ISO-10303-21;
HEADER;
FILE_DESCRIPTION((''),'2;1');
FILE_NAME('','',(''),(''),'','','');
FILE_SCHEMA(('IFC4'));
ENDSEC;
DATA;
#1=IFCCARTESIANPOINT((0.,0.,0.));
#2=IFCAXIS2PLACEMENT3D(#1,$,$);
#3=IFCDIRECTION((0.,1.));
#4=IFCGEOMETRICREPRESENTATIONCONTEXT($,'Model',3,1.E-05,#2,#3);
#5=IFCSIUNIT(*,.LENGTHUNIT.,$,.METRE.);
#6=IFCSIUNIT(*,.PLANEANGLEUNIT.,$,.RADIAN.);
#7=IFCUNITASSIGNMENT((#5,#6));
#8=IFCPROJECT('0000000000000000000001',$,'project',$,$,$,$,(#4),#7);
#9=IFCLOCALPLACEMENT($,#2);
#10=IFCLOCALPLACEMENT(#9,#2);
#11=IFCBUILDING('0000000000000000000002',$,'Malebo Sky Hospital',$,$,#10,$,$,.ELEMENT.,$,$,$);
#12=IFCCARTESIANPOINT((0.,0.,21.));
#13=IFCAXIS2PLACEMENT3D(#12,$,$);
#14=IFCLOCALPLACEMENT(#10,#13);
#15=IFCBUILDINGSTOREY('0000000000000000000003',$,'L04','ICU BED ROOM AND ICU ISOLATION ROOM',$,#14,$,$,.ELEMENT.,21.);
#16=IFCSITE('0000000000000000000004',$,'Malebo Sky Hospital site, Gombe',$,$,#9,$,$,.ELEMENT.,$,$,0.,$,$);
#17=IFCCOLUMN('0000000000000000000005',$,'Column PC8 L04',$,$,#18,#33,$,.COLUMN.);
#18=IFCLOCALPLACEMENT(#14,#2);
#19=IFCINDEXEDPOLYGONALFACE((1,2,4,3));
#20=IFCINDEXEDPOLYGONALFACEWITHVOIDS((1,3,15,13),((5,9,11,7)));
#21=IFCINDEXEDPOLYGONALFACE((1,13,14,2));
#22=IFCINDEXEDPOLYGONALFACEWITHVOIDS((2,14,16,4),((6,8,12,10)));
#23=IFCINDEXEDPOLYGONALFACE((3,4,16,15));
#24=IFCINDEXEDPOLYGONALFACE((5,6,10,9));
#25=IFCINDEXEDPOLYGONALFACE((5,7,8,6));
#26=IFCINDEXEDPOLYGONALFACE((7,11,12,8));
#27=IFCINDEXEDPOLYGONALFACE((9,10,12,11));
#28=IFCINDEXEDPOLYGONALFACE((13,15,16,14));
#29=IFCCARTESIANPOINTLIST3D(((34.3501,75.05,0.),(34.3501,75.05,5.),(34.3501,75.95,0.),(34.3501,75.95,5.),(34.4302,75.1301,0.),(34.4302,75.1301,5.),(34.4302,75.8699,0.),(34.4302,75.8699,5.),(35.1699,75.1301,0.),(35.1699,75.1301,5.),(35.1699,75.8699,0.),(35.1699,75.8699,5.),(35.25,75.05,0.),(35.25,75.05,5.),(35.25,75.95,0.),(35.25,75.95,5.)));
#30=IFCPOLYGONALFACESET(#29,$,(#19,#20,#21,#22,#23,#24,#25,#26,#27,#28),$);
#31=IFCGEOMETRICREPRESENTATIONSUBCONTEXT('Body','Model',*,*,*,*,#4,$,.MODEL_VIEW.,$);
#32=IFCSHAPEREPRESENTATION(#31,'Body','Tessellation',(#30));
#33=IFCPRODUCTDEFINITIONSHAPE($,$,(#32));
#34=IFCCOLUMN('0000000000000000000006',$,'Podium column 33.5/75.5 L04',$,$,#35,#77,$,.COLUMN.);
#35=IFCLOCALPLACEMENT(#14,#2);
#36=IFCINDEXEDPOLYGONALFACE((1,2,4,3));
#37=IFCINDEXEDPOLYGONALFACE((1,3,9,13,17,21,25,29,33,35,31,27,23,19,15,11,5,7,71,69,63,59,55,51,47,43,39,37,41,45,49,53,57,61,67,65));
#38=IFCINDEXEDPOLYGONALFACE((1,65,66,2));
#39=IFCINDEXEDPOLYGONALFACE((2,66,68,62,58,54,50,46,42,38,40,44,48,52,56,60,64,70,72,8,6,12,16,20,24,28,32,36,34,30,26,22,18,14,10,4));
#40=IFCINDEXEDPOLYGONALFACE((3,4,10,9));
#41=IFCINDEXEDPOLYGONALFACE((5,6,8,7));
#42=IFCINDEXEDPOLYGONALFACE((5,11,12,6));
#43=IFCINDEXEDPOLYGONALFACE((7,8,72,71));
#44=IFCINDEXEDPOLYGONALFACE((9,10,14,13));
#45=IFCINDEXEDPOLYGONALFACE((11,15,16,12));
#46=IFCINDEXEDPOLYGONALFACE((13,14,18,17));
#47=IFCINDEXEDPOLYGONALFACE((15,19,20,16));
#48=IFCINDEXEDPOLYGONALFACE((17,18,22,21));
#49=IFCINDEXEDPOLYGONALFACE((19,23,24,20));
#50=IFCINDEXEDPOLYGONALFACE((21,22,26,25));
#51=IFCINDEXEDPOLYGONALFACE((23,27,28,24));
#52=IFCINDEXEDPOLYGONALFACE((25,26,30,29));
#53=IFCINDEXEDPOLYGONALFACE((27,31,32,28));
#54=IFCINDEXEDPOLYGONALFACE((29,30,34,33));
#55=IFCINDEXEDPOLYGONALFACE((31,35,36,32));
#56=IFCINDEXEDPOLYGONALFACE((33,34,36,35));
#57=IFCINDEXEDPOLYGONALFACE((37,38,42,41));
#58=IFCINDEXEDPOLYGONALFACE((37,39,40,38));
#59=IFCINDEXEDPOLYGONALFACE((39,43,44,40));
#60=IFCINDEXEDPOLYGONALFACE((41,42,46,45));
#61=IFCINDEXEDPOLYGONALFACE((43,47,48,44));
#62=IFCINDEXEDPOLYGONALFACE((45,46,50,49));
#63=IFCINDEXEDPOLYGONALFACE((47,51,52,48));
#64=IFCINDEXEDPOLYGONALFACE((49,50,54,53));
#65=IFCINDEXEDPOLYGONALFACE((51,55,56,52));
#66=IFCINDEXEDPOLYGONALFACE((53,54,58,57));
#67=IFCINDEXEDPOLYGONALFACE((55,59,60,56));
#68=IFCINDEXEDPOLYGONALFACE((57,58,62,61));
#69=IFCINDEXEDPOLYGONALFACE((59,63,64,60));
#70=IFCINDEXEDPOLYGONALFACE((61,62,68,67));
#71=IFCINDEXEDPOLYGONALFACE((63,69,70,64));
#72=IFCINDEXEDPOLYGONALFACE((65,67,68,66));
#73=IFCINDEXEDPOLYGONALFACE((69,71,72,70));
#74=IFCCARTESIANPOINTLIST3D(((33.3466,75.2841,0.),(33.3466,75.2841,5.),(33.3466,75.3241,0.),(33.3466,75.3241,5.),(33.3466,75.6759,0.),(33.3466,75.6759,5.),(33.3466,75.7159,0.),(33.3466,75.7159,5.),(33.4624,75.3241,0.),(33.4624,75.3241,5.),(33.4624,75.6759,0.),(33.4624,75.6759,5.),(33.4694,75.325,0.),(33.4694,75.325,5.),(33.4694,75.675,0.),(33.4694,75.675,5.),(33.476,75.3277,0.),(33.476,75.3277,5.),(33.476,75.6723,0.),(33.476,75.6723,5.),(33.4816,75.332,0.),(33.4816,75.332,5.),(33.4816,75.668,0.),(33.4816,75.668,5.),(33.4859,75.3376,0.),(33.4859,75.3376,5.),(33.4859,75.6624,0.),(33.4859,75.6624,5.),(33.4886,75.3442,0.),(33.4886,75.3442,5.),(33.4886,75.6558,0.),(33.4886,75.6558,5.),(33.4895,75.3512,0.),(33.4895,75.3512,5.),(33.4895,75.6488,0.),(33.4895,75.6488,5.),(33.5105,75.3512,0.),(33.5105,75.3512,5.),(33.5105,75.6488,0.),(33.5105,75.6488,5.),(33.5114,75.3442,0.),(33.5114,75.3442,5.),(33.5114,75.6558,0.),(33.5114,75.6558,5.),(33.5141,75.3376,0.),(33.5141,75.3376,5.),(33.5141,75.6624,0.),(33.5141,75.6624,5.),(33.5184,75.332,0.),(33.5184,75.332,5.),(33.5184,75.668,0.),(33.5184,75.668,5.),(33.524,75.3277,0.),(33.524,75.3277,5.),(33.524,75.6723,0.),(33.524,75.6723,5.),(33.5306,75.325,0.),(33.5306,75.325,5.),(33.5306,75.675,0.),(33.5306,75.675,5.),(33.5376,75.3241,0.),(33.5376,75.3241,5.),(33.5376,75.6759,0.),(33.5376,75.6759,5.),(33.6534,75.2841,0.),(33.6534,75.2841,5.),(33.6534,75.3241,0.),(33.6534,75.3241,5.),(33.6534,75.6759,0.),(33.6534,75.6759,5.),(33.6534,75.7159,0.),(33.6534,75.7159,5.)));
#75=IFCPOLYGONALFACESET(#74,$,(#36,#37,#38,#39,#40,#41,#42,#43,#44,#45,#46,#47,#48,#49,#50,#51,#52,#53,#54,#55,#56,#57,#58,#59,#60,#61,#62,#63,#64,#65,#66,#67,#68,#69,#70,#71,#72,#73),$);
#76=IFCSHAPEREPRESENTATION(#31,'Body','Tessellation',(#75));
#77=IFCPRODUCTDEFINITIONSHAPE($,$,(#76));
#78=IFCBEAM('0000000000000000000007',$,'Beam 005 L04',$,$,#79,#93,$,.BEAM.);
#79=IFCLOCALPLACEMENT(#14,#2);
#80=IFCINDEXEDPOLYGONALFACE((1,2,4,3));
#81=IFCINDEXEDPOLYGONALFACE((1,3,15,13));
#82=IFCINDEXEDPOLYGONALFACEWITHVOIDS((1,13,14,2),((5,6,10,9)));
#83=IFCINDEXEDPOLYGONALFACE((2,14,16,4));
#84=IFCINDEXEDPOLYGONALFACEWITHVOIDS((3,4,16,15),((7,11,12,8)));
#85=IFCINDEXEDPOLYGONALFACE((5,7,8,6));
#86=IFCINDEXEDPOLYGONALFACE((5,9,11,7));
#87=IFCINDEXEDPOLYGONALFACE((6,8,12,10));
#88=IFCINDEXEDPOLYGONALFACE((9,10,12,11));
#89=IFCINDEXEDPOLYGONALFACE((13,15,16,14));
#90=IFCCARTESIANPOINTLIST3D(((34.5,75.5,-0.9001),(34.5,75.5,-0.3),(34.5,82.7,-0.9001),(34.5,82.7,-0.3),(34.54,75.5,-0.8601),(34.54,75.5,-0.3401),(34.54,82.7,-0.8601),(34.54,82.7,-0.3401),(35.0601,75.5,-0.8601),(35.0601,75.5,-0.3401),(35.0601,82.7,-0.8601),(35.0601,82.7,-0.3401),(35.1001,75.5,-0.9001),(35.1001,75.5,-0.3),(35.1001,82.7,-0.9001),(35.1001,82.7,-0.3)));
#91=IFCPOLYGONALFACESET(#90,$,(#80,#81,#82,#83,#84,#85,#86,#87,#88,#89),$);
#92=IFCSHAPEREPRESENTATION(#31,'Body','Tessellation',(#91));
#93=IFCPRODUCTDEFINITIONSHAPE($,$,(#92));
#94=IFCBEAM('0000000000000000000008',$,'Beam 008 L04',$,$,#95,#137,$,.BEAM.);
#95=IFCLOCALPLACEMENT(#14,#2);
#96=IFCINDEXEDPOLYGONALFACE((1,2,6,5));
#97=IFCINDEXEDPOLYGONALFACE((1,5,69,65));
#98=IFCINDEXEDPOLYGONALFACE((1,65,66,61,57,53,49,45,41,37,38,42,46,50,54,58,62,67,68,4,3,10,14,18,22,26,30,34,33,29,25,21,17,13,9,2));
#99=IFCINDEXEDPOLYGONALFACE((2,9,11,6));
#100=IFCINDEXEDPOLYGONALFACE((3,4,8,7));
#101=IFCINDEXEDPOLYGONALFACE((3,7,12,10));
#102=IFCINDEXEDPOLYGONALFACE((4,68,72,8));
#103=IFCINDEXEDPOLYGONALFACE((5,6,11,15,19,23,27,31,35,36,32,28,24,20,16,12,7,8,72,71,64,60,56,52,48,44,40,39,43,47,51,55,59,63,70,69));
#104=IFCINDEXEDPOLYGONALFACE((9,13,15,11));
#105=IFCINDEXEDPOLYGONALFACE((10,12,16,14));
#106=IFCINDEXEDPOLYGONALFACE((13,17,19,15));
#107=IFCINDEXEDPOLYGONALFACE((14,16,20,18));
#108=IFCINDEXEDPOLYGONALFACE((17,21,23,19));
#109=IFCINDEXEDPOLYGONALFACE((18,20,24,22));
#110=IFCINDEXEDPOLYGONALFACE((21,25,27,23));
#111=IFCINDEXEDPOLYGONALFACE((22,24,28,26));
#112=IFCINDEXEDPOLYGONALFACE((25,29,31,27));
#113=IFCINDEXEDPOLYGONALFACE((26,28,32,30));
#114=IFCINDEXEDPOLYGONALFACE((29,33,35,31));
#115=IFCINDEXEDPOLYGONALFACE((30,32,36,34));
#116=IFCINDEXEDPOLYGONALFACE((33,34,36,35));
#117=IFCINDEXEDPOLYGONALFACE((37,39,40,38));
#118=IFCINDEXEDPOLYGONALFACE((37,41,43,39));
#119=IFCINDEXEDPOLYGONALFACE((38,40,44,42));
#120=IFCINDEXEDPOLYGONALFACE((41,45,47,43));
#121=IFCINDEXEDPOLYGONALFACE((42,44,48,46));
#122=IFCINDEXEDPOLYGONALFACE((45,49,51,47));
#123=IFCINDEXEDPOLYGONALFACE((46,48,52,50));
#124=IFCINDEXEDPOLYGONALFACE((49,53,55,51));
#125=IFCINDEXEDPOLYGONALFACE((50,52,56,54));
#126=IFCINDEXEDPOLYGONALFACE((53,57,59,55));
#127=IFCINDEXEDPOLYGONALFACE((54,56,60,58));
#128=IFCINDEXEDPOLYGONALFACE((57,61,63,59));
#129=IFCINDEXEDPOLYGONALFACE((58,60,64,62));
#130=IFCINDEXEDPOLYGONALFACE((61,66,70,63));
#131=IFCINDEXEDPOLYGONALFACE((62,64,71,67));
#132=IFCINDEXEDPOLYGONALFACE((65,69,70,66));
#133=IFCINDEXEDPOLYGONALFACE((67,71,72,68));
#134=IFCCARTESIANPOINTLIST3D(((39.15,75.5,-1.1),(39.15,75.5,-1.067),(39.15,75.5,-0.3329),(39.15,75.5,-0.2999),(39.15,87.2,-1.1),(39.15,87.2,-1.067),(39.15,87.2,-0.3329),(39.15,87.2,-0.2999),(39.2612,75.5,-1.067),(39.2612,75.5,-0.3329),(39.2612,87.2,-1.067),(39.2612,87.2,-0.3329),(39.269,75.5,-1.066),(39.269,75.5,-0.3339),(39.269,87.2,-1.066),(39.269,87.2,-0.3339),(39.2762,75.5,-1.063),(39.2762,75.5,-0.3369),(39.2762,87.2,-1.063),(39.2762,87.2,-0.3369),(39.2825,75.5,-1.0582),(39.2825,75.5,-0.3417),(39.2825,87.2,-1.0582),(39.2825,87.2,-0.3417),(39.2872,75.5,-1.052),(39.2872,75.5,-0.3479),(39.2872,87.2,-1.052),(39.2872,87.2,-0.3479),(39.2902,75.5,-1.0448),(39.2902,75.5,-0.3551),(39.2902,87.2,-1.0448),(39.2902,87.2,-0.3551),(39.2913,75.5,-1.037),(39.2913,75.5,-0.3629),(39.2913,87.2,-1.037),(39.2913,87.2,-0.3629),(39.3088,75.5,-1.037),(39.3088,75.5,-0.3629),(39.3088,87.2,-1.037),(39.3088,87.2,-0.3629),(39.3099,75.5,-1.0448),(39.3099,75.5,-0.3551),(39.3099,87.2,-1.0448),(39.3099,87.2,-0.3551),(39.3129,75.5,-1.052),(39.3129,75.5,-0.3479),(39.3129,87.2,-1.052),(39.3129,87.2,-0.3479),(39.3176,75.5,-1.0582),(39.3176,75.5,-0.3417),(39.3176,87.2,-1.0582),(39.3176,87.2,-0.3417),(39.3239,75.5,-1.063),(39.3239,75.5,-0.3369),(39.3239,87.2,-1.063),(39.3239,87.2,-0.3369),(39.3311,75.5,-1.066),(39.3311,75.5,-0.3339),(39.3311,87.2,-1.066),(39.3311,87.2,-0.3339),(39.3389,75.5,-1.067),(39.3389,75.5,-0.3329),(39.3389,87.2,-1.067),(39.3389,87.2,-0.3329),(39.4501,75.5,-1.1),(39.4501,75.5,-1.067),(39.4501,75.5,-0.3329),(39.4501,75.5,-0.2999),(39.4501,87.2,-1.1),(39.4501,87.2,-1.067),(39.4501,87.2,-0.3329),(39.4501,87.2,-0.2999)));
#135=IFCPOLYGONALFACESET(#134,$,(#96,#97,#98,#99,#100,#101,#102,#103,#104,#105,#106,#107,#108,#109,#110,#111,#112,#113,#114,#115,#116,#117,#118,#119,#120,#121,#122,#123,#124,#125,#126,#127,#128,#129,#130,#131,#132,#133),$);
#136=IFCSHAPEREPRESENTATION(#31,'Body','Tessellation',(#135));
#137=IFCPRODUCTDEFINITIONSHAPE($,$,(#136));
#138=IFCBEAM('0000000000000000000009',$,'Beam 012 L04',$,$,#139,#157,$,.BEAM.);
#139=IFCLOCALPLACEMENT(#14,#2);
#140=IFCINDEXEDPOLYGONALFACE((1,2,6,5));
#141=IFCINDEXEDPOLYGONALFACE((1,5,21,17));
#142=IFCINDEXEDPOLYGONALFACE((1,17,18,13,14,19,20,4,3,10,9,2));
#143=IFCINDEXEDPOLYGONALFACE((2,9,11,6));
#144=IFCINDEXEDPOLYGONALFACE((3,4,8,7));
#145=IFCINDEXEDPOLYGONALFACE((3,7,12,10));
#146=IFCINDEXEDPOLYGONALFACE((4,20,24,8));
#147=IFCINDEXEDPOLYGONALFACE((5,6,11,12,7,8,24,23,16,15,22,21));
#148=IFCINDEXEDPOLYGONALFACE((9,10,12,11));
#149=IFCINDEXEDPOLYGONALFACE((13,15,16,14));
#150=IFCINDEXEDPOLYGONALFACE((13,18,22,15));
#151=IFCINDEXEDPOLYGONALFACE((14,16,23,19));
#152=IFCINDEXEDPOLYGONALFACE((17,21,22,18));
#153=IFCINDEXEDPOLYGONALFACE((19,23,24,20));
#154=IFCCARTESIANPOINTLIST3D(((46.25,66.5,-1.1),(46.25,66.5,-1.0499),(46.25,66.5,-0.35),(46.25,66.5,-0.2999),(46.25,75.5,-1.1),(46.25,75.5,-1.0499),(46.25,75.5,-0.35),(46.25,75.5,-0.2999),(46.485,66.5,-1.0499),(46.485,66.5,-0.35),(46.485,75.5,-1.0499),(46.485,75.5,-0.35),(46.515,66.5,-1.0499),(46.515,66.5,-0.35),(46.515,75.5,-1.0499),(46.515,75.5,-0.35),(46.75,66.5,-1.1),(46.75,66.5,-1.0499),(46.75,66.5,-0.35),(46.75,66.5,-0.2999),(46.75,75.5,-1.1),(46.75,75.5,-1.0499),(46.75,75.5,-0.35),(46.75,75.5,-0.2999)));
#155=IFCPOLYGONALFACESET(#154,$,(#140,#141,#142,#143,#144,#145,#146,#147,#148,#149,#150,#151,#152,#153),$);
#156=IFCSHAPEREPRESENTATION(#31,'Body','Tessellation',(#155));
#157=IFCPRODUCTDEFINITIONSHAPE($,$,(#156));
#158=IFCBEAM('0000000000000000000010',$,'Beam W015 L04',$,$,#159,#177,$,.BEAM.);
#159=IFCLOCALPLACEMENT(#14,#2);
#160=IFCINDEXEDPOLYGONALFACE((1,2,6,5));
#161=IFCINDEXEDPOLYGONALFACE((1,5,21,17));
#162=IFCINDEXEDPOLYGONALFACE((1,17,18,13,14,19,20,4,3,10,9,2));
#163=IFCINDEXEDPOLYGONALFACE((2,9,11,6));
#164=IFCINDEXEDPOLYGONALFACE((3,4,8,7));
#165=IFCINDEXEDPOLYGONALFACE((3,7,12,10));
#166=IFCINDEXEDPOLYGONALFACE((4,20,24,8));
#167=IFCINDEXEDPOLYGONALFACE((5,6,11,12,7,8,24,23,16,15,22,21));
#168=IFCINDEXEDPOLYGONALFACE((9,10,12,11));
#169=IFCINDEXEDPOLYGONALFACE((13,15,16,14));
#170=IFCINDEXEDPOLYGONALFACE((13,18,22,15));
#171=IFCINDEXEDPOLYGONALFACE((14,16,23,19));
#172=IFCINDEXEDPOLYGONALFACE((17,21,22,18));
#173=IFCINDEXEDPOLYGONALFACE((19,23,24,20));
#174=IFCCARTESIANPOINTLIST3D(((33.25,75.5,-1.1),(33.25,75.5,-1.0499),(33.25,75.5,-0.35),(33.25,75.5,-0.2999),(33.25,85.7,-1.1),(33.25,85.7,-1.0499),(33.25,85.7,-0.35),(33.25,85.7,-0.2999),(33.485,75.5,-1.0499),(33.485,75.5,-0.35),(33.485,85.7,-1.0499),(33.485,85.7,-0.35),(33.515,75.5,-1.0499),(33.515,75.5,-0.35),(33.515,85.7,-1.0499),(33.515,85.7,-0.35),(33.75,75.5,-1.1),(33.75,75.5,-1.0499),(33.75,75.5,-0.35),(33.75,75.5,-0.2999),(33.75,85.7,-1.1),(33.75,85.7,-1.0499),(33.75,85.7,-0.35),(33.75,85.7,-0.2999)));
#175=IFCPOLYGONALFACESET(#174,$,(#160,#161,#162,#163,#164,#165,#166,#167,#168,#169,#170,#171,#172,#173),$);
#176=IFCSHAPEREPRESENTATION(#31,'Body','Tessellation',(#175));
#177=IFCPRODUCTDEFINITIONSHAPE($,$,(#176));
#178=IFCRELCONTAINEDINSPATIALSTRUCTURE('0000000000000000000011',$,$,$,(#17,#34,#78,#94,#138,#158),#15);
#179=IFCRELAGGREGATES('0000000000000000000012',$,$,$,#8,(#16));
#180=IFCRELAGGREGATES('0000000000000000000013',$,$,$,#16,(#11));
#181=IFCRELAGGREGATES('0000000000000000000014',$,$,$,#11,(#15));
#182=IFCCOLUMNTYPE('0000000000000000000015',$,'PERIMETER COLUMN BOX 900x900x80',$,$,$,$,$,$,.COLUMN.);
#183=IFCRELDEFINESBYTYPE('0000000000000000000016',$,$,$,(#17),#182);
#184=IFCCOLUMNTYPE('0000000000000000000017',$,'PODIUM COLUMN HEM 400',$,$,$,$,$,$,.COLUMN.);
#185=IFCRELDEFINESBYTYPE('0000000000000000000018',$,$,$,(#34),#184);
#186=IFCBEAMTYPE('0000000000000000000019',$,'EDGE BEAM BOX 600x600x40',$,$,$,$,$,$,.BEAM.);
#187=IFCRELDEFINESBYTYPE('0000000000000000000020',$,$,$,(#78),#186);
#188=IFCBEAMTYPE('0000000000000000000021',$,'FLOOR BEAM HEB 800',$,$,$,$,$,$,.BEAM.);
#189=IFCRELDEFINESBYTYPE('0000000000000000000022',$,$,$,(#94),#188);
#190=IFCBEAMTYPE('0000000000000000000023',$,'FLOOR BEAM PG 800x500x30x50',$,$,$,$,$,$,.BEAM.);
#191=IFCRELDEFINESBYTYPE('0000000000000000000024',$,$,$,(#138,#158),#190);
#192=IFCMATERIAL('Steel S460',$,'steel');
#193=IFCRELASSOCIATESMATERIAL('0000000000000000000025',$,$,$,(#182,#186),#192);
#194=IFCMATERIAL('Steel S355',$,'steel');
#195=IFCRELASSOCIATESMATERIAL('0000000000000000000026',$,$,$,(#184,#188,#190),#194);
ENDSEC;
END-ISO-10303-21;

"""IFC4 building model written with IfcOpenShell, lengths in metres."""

from ifc_helpers import new_model, si_unit, direction, frame, origin, origin_2d, place, context, subcontext, project, spatial, hollow_rectangle, i_section, extrude, material, material_profile, profile_set, type_object, element, save


model = new_model("IFC4")

# Units and contexts
model_context = context("Model", 3, precision=1e-05, world=origin(), true_north=direction((0.0, 1.0)))
body_context = subcontext(model_context, "Body", "Model", "MODEL_VIEW")
ifc_project = project(units=[si_unit("LENGTHUNIT", "METRE"), si_unit("PLANEANGLEUNIT", "RADIAN")], contexts=[model_context])

# Site, building, storey
site_placement = place(None, origin())
site = spatial("IfcSite", under=ifc_project, at=site_placement, Name="Malebo Sky Hospital site, Gombe", CompositionType="ELEMENT", RefElevation=0.0)
building_placement = place(site_placement, origin())
building = spatial("IfcBuilding", under=site, at=building_placement, Name="Malebo Sky Hospital", CompositionType="ELEMENT")
storey_placement = place(building_placement, frame((0.0, 0.0, 21.0)))
storey = spatial("IfcBuildingStorey", under=building, at=storey_placement, Name="L04", Description="ICU BED ROOM AND ICU ISOLATION ROOM", CompositionType="ELEMENT", Elevation=21.0)

# Columns
ifc_material_1 = material(Name="Steel S460", Category="steel")
ifc_material_profile_1 = material_profile(ifc_material_1, hollow_rectangle(XDim=0.8999, YDim=0.8999, WallThickness=0.0801, at=origin_2d()), Name="BOX 900x900x80")
ifc_profile_set_1 = profile_set([ifc_material_profile_1], Name="Steel S460")
column_type_1 = type_object("IfcColumnType", Name="PERIMETER COLUMN BOX 900x900x80", PredefinedType="COLUMN", material=ifc_profile_set_1)
column_1_placement = place(storey_placement, frame((34.8, 75.5, 0.0), z_axis=(0.0, 0.0, 1.0), x_axis=(1.0, 0.0, 0.0)))
element("IfcColumn", 1, at=column_1_placement, inside=storey, type_object=column_type_1, Name="Column PC8 L04", PredefinedType="COLUMN", context=body_context, shape_type="SweptSolid", body=[
    extrude(hollow_rectangle(XDim=0.8999, YDim=0.8999, WallThickness=0.0801, at=origin_2d()), origin(), (0.0, 0.0, 1.0), 5.0),
])
ifc_material_2 = material(Name="Steel S355", Category="steel")
ifc_material_profile_2 = material_profile(ifc_material_2, i_section(OverallWidth=0.3069, OverallDepth=0.4319, WebThickness=0.021, FlangeThickness=0.04, FilletRadius=0.0271, at=origin_2d()), Name="HEM 400")
ifc_profile_set_2 = profile_set([ifc_material_profile_2], Name="Steel S355")
column_type_2 = type_object("IfcColumnType", Name="PODIUM COLUMN HEM 400", PredefinedType="COLUMN", material=ifc_profile_set_2)
column_2_placement = place(storey_placement, frame((33.5, 75.5, 0.0), z_axis=(0.0, 0.0, 1.0), x_axis=(1.0, 0.0, 0.0)))
element("IfcColumn", 2, at=column_2_placement, inside=storey, type_object=column_type_2, Name="Podium column 33.5/75.5 L04", PredefinedType="COLUMN", context=body_context, shape_type="SweptSolid", body=[
    extrude(i_section(OverallWidth=0.3069, OverallDepth=0.4319, WebThickness=0.021, FlangeThickness=0.04, FilletRadius=0.0271, at=origin_2d()), origin(), (0.0, 0.0, 1.0), 5.0),
])

# Beams
ifc_material_profile_3 = material_profile(ifc_material_1, hollow_rectangle(XDim=0.6001, YDim=0.6001, WallThickness=0.04, at=origin_2d()), Name="BOX 600x600x40")
ifc_profile_set_3 = profile_set([ifc_material_profile_3], Name="Steel S460")
beam_type_1 = type_object("IfcBeamType", Name="EDGE BEAM BOX 600x600x40", PredefinedType="BEAM", material=ifc_profile_set_3)
beam_1_placement = place(storey_placement, frame((34.8, 75.5, -0.6001), z_axis=(0.0, 1.0, 0.0), x_axis=(-1.0, 0.0, 0.0)))
element("IfcBeam", 3, at=beam_1_placement, inside=storey, type_object=beam_type_1, Name="Beam 005 L04", PredefinedType="BEAM", context=body_context, shape_type="SweptSolid", body=[
    extrude(hollow_rectangle(XDim=0.6001, YDim=0.6001, WallThickness=0.04, at=origin_2d()), origin(), (0.0, 0.0, 1.0), 7.2),
])
ifc_material_profile_4 = material_profile(ifc_material_2, i_section(OverallWidth=0.3, OverallDepth=0.8, WebThickness=0.0176, FlangeThickness=0.033, FilletRadius=0.03, at=origin_2d()), Name="HEB 800")
ifc_profile_set_4 = profile_set([ifc_material_profile_4], Name="Steel S355")
beam_type_2 = type_object("IfcBeamType", Name="FLOOR BEAM HEB 800", PredefinedType="BEAM", material=ifc_profile_set_4)
beam_2_placement = place(storey_placement, frame((39.3, 75.5, -0.7), z_axis=(0.0, 1.0, 0.0), x_axis=(-1.0, 0.0, 0.0)))
element("IfcBeam", 4, at=beam_2_placement, inside=storey, type_object=beam_type_2, Name="Beam 008 L04", PredefinedType="BEAM", context=body_context, shape_type="SweptSolid", body=[
    extrude(i_section(OverallWidth=0.3, OverallDepth=0.8, WebThickness=0.0176, FlangeThickness=0.033, FilletRadius=0.03, at=origin_2d()), origin(), (0.0, 0.0, 1.0), 11.7),
])
ifc_material_profile_5 = material_profile(ifc_material_2, i_section(OverallWidth=0.5, OverallDepth=0.8, WebThickness=0.03, FlangeThickness=0.05, at=origin_2d()), Name="PG 800x500x30x50")
ifc_profile_set_5 = profile_set([ifc_material_profile_5], Name="Steel S355")
beam_type_3 = type_object("IfcBeamType", Name="FLOOR BEAM PG 800x500x30x50", PredefinedType="BEAM", material=ifc_profile_set_5)
beam_3_placement = place(storey_placement, frame((46.5, 66.5, -0.7), z_axis=(0.0, 1.0, 0.0), x_axis=(-1.0, 0.0, 0.0)))
element("IfcBeam", 5, at=beam_3_placement, inside=storey, type_object=beam_type_3, Name="Beam 012 L04", PredefinedType="BEAM", context=body_context, shape_type="SweptSolid", body=[
    extrude(i_section(OverallWidth=0.5, OverallDepth=0.8, WebThickness=0.03, FlangeThickness=0.05, at=origin_2d()), origin(), (0.0, 0.0, 1.0), 9.0),
])
beam_4_placement = place(storey_placement, frame((33.5, 75.5, -0.7), z_axis=(0.0, 1.0, 0.0), x_axis=(-1.0, 0.0, 0.0)))
element("IfcBeam", 6, at=beam_4_placement, inside=storey, type_object=beam_type_3, Name="Beam W015 L04", PredefinedType="BEAM", context=body_context, shape_type="SweptSolid", body=[
    extrude(i_section(OverallWidth=0.5, OverallDepth=0.8, WebThickness=0.03, FlangeThickness=0.05, at=origin_2d()), origin(), (0.0, 0.0, 1.0), 10.2),
])

save(model, "model.ifc")
